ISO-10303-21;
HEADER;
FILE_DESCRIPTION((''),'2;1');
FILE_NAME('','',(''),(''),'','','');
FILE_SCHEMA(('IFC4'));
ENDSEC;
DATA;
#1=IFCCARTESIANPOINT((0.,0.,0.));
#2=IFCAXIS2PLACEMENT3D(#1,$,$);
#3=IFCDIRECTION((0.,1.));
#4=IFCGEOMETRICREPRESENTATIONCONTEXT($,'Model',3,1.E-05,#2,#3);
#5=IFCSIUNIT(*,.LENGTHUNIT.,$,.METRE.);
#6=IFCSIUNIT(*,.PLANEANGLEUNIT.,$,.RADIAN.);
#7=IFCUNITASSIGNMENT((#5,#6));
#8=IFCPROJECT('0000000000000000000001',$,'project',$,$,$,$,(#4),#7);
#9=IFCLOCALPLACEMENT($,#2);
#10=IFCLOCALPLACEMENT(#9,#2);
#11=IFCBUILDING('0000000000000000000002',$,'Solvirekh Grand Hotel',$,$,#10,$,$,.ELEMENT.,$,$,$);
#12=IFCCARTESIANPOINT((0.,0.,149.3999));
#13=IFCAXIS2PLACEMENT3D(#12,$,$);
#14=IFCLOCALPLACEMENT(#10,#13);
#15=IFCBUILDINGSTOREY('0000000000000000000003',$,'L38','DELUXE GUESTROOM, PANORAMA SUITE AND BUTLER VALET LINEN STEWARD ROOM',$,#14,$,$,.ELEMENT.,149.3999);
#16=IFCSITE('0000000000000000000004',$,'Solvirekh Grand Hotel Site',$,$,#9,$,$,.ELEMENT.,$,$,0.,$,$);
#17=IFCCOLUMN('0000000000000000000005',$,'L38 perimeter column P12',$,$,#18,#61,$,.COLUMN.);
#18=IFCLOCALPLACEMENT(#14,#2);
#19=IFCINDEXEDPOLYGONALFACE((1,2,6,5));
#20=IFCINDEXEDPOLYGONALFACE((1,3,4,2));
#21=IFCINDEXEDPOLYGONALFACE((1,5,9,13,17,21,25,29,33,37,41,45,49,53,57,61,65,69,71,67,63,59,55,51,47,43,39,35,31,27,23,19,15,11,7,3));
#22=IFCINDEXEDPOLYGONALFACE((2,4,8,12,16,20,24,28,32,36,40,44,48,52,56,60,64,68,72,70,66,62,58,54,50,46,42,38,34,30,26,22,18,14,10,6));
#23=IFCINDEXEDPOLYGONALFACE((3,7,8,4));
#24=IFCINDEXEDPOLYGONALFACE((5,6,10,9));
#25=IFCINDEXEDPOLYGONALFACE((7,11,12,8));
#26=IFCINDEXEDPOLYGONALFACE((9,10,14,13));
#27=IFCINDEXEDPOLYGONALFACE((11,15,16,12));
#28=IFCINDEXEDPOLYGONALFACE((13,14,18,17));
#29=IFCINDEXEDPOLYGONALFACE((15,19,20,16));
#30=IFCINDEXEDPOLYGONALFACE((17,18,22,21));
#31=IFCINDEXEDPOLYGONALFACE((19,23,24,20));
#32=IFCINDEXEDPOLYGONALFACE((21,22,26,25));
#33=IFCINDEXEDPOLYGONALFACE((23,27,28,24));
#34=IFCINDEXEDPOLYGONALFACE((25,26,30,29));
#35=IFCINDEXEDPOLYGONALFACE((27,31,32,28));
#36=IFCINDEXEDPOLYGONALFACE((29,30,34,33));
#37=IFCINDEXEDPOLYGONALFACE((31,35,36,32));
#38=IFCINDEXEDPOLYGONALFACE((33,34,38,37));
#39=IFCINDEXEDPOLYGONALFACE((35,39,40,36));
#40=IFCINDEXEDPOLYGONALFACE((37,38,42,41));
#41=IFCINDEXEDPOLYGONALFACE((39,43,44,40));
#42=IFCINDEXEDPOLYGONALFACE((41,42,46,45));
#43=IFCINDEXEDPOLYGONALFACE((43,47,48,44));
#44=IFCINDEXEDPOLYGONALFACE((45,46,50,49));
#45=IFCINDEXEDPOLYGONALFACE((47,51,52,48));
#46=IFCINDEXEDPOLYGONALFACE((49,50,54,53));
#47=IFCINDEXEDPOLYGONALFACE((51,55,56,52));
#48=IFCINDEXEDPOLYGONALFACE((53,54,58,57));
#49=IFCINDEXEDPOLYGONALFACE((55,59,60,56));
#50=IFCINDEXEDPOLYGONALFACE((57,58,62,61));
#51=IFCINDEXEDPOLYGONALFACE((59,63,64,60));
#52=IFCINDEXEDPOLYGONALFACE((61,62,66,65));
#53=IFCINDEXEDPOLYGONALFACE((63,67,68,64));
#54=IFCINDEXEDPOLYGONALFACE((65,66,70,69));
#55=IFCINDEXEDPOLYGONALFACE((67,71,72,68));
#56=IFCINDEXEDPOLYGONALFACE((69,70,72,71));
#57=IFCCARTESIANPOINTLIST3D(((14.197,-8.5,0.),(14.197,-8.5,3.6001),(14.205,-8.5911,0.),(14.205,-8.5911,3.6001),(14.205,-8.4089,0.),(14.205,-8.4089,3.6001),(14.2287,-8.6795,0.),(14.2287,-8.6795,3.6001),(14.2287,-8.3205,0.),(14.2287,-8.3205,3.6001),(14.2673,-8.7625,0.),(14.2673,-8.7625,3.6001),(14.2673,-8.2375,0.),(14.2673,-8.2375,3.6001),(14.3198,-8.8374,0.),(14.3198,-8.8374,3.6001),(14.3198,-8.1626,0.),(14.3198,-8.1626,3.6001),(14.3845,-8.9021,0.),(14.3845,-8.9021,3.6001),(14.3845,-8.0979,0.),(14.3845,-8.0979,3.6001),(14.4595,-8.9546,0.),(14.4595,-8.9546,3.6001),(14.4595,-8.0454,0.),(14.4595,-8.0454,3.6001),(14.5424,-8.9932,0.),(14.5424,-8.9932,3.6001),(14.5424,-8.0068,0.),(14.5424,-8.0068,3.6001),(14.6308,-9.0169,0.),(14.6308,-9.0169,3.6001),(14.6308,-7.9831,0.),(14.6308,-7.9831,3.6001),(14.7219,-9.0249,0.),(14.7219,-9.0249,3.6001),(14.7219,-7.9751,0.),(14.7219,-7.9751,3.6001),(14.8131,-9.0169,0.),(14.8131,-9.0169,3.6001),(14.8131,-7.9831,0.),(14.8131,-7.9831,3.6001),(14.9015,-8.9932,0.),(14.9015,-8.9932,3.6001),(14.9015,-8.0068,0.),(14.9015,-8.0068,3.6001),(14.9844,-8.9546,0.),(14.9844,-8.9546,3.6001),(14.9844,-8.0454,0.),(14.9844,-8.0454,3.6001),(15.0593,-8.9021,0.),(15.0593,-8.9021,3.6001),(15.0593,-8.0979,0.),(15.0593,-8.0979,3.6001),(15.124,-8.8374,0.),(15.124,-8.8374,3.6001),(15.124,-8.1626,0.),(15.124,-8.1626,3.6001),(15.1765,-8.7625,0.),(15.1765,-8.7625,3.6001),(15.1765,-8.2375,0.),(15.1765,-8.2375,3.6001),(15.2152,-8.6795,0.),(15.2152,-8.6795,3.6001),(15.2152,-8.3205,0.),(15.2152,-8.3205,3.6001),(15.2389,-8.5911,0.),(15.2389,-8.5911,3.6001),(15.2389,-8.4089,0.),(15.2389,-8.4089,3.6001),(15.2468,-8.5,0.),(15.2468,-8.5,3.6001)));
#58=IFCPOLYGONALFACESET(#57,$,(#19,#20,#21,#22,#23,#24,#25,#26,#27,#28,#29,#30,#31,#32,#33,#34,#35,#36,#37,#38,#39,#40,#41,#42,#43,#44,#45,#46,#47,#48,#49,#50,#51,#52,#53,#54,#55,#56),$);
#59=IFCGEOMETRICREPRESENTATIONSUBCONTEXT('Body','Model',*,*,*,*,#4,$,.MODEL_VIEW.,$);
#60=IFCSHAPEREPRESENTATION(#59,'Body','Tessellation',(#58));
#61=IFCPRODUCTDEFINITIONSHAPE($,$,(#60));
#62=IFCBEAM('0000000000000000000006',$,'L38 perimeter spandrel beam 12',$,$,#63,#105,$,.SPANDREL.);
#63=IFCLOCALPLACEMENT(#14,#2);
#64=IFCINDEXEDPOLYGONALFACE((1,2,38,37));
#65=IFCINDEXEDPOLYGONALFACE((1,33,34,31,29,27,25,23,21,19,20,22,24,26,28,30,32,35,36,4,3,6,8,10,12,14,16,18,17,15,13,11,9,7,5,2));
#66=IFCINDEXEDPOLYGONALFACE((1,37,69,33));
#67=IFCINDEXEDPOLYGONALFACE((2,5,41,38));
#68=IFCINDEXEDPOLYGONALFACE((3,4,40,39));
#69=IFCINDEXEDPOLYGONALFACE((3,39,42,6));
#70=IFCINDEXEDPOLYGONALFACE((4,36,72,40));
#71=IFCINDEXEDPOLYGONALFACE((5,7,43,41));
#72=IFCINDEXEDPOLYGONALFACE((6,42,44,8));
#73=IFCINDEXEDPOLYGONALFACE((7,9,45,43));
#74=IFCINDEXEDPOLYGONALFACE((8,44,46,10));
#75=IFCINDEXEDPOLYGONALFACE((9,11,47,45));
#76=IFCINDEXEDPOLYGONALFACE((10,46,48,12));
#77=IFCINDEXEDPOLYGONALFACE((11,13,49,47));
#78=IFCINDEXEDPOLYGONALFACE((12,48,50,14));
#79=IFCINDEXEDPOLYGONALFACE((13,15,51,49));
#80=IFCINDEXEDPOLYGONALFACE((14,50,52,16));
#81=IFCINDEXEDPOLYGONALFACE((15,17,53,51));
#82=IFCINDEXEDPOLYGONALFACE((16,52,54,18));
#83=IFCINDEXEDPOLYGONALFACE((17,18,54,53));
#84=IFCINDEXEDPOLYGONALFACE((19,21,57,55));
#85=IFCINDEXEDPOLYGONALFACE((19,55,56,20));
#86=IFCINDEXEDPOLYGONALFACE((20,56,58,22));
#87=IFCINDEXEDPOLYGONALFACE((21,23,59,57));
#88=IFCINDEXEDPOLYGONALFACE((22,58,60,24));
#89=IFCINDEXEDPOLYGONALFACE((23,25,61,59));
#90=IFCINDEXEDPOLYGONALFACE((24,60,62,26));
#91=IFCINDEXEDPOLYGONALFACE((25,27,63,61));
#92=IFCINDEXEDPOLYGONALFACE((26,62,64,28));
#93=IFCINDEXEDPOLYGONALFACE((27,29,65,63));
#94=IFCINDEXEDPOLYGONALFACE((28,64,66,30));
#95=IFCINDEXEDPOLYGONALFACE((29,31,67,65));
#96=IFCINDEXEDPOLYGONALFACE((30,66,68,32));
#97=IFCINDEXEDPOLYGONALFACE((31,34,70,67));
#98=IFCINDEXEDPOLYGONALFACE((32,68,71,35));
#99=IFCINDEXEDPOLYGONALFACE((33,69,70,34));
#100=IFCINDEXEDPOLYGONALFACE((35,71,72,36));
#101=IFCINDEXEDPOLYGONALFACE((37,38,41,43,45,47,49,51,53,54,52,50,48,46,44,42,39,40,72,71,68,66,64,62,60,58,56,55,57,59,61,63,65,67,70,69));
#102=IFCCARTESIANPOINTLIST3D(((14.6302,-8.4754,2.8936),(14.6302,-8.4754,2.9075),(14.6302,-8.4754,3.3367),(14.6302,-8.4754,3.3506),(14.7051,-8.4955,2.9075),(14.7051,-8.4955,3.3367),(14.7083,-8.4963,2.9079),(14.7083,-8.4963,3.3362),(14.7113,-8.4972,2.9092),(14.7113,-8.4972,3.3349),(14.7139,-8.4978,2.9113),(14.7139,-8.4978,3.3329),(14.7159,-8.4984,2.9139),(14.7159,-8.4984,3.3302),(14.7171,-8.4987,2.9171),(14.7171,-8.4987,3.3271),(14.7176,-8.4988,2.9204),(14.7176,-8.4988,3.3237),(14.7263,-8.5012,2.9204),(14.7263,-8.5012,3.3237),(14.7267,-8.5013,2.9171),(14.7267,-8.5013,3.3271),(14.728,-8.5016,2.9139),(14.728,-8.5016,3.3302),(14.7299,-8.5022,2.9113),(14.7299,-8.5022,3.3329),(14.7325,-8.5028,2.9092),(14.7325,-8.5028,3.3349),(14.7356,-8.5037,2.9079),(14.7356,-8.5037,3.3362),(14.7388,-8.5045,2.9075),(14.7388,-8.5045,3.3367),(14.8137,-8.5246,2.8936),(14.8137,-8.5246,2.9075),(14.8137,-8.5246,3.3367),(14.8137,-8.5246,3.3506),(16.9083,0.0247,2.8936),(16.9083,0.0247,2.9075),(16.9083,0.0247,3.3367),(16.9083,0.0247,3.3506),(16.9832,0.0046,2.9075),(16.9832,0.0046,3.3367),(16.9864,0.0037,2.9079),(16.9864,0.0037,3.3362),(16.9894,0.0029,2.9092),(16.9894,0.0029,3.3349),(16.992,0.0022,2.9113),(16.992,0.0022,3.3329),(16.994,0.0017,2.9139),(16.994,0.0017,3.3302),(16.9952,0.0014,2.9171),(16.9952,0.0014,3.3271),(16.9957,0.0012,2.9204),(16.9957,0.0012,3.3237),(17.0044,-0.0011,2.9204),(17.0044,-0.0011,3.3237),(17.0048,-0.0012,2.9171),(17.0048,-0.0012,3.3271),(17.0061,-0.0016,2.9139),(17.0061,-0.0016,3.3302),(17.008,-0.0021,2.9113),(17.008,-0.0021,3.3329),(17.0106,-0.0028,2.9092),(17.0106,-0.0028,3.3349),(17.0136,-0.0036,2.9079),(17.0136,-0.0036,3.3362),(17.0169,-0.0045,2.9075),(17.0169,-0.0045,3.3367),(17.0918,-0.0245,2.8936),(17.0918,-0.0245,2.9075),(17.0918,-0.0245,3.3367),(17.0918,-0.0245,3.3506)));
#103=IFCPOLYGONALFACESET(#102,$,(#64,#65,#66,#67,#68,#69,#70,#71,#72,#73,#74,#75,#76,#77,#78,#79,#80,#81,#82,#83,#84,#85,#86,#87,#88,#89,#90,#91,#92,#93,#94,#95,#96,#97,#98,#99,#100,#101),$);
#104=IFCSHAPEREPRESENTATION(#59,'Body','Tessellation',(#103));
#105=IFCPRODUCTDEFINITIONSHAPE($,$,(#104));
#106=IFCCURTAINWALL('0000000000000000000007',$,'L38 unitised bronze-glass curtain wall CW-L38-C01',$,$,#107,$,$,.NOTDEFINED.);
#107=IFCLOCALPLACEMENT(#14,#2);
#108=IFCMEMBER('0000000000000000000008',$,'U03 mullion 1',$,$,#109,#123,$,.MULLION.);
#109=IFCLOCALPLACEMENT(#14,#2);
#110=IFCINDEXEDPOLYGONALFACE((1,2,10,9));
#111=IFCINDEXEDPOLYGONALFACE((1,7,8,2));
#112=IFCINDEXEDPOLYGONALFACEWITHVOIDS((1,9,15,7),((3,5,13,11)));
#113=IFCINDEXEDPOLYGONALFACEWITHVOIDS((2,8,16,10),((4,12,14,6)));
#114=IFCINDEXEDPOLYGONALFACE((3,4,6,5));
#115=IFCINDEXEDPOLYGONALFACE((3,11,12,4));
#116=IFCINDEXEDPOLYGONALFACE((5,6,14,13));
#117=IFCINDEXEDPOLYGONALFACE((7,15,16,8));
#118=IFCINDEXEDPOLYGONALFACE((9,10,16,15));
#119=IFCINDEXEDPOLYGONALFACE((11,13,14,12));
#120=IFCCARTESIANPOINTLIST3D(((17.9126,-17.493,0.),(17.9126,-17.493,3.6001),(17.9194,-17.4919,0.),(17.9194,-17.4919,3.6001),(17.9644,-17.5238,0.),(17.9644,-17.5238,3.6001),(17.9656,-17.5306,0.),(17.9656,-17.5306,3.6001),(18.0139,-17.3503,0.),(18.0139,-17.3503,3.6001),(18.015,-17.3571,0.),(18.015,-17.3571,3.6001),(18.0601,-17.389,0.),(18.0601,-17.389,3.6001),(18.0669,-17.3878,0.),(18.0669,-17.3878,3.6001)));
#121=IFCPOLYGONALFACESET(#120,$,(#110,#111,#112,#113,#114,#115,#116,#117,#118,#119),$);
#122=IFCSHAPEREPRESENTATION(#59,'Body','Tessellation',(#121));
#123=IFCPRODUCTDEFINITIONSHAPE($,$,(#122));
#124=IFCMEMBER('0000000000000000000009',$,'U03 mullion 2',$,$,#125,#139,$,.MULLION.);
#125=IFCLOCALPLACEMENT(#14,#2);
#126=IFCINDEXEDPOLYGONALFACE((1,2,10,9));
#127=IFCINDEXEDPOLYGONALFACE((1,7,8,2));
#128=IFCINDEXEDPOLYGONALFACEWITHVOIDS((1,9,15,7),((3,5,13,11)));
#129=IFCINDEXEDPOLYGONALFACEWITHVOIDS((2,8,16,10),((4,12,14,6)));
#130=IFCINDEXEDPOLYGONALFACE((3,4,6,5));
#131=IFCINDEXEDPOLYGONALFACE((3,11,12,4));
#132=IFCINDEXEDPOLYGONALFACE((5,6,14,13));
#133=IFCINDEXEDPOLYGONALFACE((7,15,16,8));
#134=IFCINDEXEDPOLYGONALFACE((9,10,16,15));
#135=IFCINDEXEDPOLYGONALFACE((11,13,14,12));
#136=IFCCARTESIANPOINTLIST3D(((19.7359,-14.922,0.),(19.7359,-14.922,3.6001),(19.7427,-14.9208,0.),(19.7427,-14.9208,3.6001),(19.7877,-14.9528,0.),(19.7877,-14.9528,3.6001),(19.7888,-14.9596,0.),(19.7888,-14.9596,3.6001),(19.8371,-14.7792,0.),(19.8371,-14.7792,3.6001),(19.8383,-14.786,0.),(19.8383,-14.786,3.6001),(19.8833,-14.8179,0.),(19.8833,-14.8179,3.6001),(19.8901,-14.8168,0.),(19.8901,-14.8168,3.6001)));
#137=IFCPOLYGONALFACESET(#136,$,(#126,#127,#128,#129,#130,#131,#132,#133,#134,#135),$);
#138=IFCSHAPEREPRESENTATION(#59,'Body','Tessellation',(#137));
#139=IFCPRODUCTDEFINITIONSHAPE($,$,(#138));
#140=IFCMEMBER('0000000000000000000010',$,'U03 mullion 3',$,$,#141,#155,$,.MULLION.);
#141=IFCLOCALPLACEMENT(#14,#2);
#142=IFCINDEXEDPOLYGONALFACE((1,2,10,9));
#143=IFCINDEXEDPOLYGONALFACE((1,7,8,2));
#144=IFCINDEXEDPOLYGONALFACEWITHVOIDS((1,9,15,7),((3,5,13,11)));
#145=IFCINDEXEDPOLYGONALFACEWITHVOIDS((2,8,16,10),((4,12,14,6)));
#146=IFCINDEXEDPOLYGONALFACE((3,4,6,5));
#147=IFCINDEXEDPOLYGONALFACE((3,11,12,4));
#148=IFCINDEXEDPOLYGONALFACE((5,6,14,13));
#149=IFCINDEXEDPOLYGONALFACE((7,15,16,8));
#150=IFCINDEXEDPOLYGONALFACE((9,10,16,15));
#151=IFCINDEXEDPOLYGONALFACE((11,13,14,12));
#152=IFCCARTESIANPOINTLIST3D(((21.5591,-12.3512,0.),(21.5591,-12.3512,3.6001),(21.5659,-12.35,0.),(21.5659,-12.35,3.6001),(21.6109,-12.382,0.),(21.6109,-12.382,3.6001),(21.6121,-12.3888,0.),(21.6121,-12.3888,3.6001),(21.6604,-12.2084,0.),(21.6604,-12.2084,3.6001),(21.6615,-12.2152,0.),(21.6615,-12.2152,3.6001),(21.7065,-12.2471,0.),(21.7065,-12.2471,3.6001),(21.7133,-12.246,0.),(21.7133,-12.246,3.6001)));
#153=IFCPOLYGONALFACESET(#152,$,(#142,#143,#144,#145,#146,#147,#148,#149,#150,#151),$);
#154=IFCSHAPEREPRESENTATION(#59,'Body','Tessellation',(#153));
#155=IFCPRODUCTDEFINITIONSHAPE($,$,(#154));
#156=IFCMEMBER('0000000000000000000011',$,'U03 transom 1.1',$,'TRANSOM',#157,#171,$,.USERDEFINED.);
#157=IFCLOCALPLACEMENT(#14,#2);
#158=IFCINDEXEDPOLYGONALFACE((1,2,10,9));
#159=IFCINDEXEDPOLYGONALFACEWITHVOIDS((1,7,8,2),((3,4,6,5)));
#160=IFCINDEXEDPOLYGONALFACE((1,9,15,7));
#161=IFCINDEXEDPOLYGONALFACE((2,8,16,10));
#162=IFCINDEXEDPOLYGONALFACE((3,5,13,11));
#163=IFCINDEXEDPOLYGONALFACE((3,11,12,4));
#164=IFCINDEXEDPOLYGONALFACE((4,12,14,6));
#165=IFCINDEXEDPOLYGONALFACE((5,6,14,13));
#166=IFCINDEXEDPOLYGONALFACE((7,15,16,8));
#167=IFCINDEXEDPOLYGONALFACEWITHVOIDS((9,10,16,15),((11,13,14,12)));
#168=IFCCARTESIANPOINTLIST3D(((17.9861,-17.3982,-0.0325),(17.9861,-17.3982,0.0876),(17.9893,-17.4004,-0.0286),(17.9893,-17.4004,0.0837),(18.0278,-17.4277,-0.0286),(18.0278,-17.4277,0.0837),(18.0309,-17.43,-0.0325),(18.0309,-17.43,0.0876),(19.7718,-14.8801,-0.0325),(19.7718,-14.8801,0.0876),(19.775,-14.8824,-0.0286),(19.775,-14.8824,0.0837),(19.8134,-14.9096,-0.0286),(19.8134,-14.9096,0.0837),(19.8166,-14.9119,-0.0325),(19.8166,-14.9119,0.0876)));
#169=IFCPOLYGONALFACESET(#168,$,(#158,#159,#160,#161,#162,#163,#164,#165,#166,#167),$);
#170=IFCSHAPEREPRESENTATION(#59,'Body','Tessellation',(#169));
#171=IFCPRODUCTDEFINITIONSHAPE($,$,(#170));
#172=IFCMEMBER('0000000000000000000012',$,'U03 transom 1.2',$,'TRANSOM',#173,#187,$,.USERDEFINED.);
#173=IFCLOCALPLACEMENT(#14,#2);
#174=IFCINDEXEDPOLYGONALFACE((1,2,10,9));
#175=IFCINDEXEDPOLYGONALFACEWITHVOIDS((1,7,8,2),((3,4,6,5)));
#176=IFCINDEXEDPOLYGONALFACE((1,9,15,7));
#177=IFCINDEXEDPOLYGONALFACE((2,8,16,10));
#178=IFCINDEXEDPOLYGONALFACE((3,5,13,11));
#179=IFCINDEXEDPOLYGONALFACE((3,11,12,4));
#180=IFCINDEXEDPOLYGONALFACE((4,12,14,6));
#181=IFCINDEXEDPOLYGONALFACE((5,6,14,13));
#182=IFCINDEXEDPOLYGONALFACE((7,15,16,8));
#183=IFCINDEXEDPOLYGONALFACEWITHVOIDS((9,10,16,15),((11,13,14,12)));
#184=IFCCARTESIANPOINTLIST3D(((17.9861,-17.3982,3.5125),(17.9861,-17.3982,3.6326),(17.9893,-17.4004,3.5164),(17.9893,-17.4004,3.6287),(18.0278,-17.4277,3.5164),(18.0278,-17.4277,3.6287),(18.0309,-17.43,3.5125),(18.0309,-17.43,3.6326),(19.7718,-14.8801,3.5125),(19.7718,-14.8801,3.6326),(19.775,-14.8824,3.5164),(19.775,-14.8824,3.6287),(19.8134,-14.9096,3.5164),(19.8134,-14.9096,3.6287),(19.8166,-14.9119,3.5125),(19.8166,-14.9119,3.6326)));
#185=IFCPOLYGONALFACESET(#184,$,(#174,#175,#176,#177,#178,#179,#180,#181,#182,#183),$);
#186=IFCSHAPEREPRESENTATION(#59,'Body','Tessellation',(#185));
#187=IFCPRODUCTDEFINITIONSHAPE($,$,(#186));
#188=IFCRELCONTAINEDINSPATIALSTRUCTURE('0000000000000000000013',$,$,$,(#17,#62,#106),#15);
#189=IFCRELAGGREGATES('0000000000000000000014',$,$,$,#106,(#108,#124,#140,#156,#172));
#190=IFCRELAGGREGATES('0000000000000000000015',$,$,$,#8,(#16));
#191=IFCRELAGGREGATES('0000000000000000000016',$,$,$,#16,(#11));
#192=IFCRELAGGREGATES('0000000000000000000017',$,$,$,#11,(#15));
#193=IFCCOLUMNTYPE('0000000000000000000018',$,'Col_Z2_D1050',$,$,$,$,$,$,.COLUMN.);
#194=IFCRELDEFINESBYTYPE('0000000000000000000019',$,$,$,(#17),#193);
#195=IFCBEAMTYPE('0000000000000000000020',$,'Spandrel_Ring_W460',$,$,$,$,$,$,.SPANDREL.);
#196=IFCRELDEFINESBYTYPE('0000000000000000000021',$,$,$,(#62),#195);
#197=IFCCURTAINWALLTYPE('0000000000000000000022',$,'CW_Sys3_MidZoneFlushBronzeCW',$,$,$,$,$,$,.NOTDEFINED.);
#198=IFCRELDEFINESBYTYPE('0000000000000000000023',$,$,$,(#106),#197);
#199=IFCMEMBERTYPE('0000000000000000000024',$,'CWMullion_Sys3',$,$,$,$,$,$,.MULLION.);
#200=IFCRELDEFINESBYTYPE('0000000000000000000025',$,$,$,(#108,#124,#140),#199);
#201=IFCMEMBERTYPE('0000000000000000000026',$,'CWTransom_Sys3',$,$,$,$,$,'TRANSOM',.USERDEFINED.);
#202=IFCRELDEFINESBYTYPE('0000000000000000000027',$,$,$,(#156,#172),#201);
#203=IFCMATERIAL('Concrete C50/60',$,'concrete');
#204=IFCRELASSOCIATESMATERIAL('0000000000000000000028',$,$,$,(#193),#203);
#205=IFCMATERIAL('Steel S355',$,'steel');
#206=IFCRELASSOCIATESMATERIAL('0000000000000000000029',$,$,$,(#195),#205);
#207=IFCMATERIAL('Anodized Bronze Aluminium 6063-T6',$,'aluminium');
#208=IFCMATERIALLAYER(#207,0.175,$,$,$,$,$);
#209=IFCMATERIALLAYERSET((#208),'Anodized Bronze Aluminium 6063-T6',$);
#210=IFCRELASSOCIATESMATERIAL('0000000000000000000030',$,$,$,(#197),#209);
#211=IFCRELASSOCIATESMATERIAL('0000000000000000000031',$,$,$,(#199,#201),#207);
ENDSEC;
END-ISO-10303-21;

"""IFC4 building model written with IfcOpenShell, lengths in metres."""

from ifc_helpers import new_model, si_unit, direction, frame, origin, origin_2d, place, context, subcontext, project, spatial, hollow_rectangle, circle, i_section, extrude, source, transform, mapped, material, layer, layer_set, material_profile, profile_set, type_object, element, aggregate, save


model = new_model("IFC4")

# Units and contexts
model_context = context("Model", 3, precision=1e-05, world=origin(), true_north=direction((0.0, 1.0)))
body_context = subcontext(model_context, "Body", "Model", "MODEL_VIEW")
ifc_project = project(units=[si_unit("LENGTHUNIT", "METRE"), si_unit("PLANEANGLEUNIT", "RADIAN")], contexts=[model_context])

# Site, building, storey
site_placement = place(None, origin())
site = spatial("IfcSite", under=ifc_project, at=site_placement, Name="Solvirekh Grand Hotel Site", CompositionType="ELEMENT", RefElevation=0.0)
building_placement = place(site_placement, origin())
building = spatial("IfcBuilding", under=site, at=building_placement, Name="Solvirekh Grand Hotel", CompositionType="ELEMENT")
storey_placement = place(building_placement, frame((0.0, 0.0, 149.3999)))
storey = spatial("IfcBuildingStorey", under=building, at=storey_placement, Name="L38", Description="DELUXE GUESTROOM, PANORAMA SUITE AND BUTLER VALET LINEN STEWARD ROOM", CompositionType="ELEMENT", Elevation=149.3999)

# Column
ifc_material_1 = material(Name="Concrete C50/60", Category="concrete")
ifc_material_profile_1 = material_profile(ifc_material_1, circle(Radius=0.5249, at=origin_2d()), Name="RC CIRC D1050")
ifc_profile_set_1 = profile_set([ifc_material_profile_1], Name="Concrete C50/60")
column_type = type_object("IfcColumnType", Name="Col_Z2_D1050", PredefinedType="COLUMN", material=ifc_profile_set_1)
column_placement = place(storey_placement, frame((14.7219, -8.5, 0.0), z_axis=(0.0, 0.0, 1.0), x_axis=(1.0, 0.0, 0.0)))
element("IfcColumn", 1, at=column_placement, inside=storey, type_object=column_type, Name="L38 perimeter column P12", PredefinedType="COLUMN", context=body_context, shape_type="SweptSolid", body=[
    extrude(circle(Radius=0.5249, at=origin_2d()), origin(), (0.0, 0.0, 1.0), 3.6001),
])

# Beam
ifc_material_2 = material(Name="Steel S355", Category="steel")
ifc_material_profile_2 = material_profile(ifc_material_2, i_section(OverallWidth=0.1899, OverallDepth=0.457, WebThickness=0.009, FlangeThickness=0.0139, FilletRadius=0.0129, at=origin_2d()), Name="W460X74")
ifc_profile_set_2 = profile_set([ifc_material_profile_2], Name="Steel S355")
beam_type = type_object("IfcBeamType", Name="Spandrel_Ring_W460", PredefinedType="SPANDREL", material=ifc_profile_set_2)
beam_placement = place(storey_placement, frame((14.7219, -8.5, 3.1221), z_axis=(0.258873, 0.965911, 0.0), x_axis=(-0.965911, 0.258873, 0.0)))
element("IfcBeam", 2, at=beam_placement, inside=storey, type_object=beam_type, Name="L38 perimeter spandrel beam 12", PredefinedType="SPANDREL", context=body_context, shape_type="SweptSolid", body=[
    extrude(i_section(OverallWidth=0.1899, OverallDepth=0.457, WebThickness=0.009, FlangeThickness=0.0139, FilletRadius=0.0129, at=origin_2d()), origin(), (0.0, 0.0, 1.0), 8.8),
])

# Curtain wall, members
ifc_material_3 = material(Name="Anodized Bronze Aluminium 6063-T6", Category="aluminium")
ifc_layer_1 = layer(ifc_material_3, 0.175)
ifc_layer_set_1 = layer_set([ifc_layer_1], Name="Anodized Bronze Aluminium 6063-T6")
curtain_wall_type = type_object("IfcCurtainWallType", Name="CW_Sys3_MidZoneFlushBronzeCW", PredefinedType="NOTDEFINED", material=ifc_layer_set_1)
curtain_wall_placement = place(storey_placement, origin())
curtain_wall = element("IfcCurtainWall", 3, at=curtain_wall_placement, inside=storey, type_object=curtain_wall_type, Name="L38 unitised bronze-glass curtain wall CW-L38-C01", PredefinedType="NOTDEFINED")
ifc_material_profile_3 = material_profile(ifc_material_3, hollow_rectangle(XDim=0.0649, YDim=0.175, WallThickness=0.0049, at=origin_2d()), Name="ALU RHS 175X65X5")
ifc_profile_set_3 = profile_set([ifc_material_profile_3], Name="Anodized Bronze Aluminium 6063-T6")
member_type_1 = type_object("IfcMemberType", Name="CWMullion_Sys3", PredefinedType="MULLION", material=ifc_profile_set_3)
shared_shape_1 = source(origin(), body_context, "Body", "SweptSolid", [
    extrude(hollow_rectangle(XDim=0.0649, YDim=0.175, WallThickness=0.0049, at=origin_2d()), origin(), (0.0, 0.0, 1.0), 3.6001),
])
member_1_placement = place(storey_placement, frame((17.9897, -17.4404, 0.0), z_axis=(0.0, 0.0, 1.0), x_axis=(-0.815713, 0.578457, 0.0)))
member_1 = element("IfcMember", 4, at=member_1_placement, type_object=member_type_1, Name="U03 mullion 1", PredefinedType="MULLION", context=body_context, shape_type="MappedRepresentation", body=[
    mapped(shared_shape_1, transform((0.0, 0.0, 0.0), x_axis=(1.0, 0.0, 0.0), y_axis=(0.0, 1.0, 0.0), z_axis=(0.0, 0.0, 1.0), scale=1.0)),
])
member_2_placement = place(storey_placement, frame((19.813, -14.8694, 0.0), z_axis=(0.0, 0.0, 1.0), x_axis=(-0.815713, 0.578457, 0.0)))
member_2 = element("IfcMember", 5, at=member_2_placement, type_object=member_type_1, Name="U03 mullion 2", PredefinedType="MULLION", context=body_context, shape_type="MappedRepresentation", body=[
    mapped(shared_shape_1, transform((0.0, 0.0, 0.0), x_axis=(1.0, 0.0, 0.0), y_axis=(0.0, 1.0, 0.0), z_axis=(0.0, 0.0, 1.0), scale=1.0)),
])
member_3_placement = place(storey_placement, frame((21.6362, -12.2986, 0.0), z_axis=(0.0, 0.0, 1.0), x_axis=(-0.815713, 0.578457, 0.0)))
member_3 = element("IfcMember", 6, at=member_3_placement, type_object=member_type_1, Name="U03 mullion 3", PredefinedType="MULLION", context=body_context, shape_type="MappedRepresentation", body=[
    mapped(shared_shape_1, transform((0.0, 0.0, 0.0), x_axis=(1.0, 0.0, 0.0), y_axis=(0.0, 1.0, 0.0), z_axis=(0.0, 0.0, 1.0), scale=1.0)),
])
ifc_material_profile_4 = material_profile(ifc_material_3, hollow_rectangle(XDim=0.0549, YDim=0.1201, WallThickness=0.0039, at=origin_2d()), Name="ALU RHS 120X55X4")
ifc_profile_set_4 = profile_set([ifc_material_profile_4], Name="Anodized Bronze Aluminium 6063-T6")
member_type_2 = type_object("IfcMemberType", Name="CWTransom_Sys3", ElementType="TRANSOM", PredefinedType="USERDEFINED", material=ifc_profile_set_4)
shared_shape_2 = source(origin(), body_context, "Body", "SweptSolid", [
    extrude(hollow_rectangle(XDim=0.0549, YDim=0.1201, WallThickness=0.0039, at=origin_2d()), origin(), (0.0, 0.0, 1.0), 3.0869),
])
member_4_placement = place(storey_placement, frame((18.0085, -17.4141, 0.0276), z_axis=(0.578452, 0.815717, 0.0), x_axis=(-0.815717, 0.578452, 0.0)))
member_4 = element("IfcMember", 7, at=member_4_placement, type_object=member_type_2, Name="U03 transom 1.1", ObjectType="TRANSOM", PredefinedType="USERDEFINED", context=body_context, shape_type="MappedRepresentation", body=[
    mapped(shared_shape_2, transform((0.0, 0.0, 0.0), x_axis=(1.0, 0.0, 0.0), y_axis=(0.0, 1.0, 0.0), z_axis=(0.0, 0.0, 1.0), scale=1.0)),
])
member_5_placement = place(storey_placement, frame((18.0085, -17.4141, 3.5725), z_axis=(0.578452, 0.815717, 0.0), x_axis=(-0.815717, 0.578452, 0.0)))
member_5 = element("IfcMember", 8, at=member_5_placement, type_object=member_type_2, Name="U03 transom 1.2", ObjectType="TRANSOM", PredefinedType="USERDEFINED", context=body_context, shape_type="MappedRepresentation", body=[
    mapped(shared_shape_2, transform((0.0, 0.0, 0.0), x_axis=(1.0, 0.0, 0.0), y_axis=(0.0, 1.0, 0.0), z_axis=(0.0, 0.0, 1.0), scale=1.0)),
])
aggregate(curtain_wall, [member_1, member_2, member_3, member_4, member_5])

save(model, "model.ifc")
